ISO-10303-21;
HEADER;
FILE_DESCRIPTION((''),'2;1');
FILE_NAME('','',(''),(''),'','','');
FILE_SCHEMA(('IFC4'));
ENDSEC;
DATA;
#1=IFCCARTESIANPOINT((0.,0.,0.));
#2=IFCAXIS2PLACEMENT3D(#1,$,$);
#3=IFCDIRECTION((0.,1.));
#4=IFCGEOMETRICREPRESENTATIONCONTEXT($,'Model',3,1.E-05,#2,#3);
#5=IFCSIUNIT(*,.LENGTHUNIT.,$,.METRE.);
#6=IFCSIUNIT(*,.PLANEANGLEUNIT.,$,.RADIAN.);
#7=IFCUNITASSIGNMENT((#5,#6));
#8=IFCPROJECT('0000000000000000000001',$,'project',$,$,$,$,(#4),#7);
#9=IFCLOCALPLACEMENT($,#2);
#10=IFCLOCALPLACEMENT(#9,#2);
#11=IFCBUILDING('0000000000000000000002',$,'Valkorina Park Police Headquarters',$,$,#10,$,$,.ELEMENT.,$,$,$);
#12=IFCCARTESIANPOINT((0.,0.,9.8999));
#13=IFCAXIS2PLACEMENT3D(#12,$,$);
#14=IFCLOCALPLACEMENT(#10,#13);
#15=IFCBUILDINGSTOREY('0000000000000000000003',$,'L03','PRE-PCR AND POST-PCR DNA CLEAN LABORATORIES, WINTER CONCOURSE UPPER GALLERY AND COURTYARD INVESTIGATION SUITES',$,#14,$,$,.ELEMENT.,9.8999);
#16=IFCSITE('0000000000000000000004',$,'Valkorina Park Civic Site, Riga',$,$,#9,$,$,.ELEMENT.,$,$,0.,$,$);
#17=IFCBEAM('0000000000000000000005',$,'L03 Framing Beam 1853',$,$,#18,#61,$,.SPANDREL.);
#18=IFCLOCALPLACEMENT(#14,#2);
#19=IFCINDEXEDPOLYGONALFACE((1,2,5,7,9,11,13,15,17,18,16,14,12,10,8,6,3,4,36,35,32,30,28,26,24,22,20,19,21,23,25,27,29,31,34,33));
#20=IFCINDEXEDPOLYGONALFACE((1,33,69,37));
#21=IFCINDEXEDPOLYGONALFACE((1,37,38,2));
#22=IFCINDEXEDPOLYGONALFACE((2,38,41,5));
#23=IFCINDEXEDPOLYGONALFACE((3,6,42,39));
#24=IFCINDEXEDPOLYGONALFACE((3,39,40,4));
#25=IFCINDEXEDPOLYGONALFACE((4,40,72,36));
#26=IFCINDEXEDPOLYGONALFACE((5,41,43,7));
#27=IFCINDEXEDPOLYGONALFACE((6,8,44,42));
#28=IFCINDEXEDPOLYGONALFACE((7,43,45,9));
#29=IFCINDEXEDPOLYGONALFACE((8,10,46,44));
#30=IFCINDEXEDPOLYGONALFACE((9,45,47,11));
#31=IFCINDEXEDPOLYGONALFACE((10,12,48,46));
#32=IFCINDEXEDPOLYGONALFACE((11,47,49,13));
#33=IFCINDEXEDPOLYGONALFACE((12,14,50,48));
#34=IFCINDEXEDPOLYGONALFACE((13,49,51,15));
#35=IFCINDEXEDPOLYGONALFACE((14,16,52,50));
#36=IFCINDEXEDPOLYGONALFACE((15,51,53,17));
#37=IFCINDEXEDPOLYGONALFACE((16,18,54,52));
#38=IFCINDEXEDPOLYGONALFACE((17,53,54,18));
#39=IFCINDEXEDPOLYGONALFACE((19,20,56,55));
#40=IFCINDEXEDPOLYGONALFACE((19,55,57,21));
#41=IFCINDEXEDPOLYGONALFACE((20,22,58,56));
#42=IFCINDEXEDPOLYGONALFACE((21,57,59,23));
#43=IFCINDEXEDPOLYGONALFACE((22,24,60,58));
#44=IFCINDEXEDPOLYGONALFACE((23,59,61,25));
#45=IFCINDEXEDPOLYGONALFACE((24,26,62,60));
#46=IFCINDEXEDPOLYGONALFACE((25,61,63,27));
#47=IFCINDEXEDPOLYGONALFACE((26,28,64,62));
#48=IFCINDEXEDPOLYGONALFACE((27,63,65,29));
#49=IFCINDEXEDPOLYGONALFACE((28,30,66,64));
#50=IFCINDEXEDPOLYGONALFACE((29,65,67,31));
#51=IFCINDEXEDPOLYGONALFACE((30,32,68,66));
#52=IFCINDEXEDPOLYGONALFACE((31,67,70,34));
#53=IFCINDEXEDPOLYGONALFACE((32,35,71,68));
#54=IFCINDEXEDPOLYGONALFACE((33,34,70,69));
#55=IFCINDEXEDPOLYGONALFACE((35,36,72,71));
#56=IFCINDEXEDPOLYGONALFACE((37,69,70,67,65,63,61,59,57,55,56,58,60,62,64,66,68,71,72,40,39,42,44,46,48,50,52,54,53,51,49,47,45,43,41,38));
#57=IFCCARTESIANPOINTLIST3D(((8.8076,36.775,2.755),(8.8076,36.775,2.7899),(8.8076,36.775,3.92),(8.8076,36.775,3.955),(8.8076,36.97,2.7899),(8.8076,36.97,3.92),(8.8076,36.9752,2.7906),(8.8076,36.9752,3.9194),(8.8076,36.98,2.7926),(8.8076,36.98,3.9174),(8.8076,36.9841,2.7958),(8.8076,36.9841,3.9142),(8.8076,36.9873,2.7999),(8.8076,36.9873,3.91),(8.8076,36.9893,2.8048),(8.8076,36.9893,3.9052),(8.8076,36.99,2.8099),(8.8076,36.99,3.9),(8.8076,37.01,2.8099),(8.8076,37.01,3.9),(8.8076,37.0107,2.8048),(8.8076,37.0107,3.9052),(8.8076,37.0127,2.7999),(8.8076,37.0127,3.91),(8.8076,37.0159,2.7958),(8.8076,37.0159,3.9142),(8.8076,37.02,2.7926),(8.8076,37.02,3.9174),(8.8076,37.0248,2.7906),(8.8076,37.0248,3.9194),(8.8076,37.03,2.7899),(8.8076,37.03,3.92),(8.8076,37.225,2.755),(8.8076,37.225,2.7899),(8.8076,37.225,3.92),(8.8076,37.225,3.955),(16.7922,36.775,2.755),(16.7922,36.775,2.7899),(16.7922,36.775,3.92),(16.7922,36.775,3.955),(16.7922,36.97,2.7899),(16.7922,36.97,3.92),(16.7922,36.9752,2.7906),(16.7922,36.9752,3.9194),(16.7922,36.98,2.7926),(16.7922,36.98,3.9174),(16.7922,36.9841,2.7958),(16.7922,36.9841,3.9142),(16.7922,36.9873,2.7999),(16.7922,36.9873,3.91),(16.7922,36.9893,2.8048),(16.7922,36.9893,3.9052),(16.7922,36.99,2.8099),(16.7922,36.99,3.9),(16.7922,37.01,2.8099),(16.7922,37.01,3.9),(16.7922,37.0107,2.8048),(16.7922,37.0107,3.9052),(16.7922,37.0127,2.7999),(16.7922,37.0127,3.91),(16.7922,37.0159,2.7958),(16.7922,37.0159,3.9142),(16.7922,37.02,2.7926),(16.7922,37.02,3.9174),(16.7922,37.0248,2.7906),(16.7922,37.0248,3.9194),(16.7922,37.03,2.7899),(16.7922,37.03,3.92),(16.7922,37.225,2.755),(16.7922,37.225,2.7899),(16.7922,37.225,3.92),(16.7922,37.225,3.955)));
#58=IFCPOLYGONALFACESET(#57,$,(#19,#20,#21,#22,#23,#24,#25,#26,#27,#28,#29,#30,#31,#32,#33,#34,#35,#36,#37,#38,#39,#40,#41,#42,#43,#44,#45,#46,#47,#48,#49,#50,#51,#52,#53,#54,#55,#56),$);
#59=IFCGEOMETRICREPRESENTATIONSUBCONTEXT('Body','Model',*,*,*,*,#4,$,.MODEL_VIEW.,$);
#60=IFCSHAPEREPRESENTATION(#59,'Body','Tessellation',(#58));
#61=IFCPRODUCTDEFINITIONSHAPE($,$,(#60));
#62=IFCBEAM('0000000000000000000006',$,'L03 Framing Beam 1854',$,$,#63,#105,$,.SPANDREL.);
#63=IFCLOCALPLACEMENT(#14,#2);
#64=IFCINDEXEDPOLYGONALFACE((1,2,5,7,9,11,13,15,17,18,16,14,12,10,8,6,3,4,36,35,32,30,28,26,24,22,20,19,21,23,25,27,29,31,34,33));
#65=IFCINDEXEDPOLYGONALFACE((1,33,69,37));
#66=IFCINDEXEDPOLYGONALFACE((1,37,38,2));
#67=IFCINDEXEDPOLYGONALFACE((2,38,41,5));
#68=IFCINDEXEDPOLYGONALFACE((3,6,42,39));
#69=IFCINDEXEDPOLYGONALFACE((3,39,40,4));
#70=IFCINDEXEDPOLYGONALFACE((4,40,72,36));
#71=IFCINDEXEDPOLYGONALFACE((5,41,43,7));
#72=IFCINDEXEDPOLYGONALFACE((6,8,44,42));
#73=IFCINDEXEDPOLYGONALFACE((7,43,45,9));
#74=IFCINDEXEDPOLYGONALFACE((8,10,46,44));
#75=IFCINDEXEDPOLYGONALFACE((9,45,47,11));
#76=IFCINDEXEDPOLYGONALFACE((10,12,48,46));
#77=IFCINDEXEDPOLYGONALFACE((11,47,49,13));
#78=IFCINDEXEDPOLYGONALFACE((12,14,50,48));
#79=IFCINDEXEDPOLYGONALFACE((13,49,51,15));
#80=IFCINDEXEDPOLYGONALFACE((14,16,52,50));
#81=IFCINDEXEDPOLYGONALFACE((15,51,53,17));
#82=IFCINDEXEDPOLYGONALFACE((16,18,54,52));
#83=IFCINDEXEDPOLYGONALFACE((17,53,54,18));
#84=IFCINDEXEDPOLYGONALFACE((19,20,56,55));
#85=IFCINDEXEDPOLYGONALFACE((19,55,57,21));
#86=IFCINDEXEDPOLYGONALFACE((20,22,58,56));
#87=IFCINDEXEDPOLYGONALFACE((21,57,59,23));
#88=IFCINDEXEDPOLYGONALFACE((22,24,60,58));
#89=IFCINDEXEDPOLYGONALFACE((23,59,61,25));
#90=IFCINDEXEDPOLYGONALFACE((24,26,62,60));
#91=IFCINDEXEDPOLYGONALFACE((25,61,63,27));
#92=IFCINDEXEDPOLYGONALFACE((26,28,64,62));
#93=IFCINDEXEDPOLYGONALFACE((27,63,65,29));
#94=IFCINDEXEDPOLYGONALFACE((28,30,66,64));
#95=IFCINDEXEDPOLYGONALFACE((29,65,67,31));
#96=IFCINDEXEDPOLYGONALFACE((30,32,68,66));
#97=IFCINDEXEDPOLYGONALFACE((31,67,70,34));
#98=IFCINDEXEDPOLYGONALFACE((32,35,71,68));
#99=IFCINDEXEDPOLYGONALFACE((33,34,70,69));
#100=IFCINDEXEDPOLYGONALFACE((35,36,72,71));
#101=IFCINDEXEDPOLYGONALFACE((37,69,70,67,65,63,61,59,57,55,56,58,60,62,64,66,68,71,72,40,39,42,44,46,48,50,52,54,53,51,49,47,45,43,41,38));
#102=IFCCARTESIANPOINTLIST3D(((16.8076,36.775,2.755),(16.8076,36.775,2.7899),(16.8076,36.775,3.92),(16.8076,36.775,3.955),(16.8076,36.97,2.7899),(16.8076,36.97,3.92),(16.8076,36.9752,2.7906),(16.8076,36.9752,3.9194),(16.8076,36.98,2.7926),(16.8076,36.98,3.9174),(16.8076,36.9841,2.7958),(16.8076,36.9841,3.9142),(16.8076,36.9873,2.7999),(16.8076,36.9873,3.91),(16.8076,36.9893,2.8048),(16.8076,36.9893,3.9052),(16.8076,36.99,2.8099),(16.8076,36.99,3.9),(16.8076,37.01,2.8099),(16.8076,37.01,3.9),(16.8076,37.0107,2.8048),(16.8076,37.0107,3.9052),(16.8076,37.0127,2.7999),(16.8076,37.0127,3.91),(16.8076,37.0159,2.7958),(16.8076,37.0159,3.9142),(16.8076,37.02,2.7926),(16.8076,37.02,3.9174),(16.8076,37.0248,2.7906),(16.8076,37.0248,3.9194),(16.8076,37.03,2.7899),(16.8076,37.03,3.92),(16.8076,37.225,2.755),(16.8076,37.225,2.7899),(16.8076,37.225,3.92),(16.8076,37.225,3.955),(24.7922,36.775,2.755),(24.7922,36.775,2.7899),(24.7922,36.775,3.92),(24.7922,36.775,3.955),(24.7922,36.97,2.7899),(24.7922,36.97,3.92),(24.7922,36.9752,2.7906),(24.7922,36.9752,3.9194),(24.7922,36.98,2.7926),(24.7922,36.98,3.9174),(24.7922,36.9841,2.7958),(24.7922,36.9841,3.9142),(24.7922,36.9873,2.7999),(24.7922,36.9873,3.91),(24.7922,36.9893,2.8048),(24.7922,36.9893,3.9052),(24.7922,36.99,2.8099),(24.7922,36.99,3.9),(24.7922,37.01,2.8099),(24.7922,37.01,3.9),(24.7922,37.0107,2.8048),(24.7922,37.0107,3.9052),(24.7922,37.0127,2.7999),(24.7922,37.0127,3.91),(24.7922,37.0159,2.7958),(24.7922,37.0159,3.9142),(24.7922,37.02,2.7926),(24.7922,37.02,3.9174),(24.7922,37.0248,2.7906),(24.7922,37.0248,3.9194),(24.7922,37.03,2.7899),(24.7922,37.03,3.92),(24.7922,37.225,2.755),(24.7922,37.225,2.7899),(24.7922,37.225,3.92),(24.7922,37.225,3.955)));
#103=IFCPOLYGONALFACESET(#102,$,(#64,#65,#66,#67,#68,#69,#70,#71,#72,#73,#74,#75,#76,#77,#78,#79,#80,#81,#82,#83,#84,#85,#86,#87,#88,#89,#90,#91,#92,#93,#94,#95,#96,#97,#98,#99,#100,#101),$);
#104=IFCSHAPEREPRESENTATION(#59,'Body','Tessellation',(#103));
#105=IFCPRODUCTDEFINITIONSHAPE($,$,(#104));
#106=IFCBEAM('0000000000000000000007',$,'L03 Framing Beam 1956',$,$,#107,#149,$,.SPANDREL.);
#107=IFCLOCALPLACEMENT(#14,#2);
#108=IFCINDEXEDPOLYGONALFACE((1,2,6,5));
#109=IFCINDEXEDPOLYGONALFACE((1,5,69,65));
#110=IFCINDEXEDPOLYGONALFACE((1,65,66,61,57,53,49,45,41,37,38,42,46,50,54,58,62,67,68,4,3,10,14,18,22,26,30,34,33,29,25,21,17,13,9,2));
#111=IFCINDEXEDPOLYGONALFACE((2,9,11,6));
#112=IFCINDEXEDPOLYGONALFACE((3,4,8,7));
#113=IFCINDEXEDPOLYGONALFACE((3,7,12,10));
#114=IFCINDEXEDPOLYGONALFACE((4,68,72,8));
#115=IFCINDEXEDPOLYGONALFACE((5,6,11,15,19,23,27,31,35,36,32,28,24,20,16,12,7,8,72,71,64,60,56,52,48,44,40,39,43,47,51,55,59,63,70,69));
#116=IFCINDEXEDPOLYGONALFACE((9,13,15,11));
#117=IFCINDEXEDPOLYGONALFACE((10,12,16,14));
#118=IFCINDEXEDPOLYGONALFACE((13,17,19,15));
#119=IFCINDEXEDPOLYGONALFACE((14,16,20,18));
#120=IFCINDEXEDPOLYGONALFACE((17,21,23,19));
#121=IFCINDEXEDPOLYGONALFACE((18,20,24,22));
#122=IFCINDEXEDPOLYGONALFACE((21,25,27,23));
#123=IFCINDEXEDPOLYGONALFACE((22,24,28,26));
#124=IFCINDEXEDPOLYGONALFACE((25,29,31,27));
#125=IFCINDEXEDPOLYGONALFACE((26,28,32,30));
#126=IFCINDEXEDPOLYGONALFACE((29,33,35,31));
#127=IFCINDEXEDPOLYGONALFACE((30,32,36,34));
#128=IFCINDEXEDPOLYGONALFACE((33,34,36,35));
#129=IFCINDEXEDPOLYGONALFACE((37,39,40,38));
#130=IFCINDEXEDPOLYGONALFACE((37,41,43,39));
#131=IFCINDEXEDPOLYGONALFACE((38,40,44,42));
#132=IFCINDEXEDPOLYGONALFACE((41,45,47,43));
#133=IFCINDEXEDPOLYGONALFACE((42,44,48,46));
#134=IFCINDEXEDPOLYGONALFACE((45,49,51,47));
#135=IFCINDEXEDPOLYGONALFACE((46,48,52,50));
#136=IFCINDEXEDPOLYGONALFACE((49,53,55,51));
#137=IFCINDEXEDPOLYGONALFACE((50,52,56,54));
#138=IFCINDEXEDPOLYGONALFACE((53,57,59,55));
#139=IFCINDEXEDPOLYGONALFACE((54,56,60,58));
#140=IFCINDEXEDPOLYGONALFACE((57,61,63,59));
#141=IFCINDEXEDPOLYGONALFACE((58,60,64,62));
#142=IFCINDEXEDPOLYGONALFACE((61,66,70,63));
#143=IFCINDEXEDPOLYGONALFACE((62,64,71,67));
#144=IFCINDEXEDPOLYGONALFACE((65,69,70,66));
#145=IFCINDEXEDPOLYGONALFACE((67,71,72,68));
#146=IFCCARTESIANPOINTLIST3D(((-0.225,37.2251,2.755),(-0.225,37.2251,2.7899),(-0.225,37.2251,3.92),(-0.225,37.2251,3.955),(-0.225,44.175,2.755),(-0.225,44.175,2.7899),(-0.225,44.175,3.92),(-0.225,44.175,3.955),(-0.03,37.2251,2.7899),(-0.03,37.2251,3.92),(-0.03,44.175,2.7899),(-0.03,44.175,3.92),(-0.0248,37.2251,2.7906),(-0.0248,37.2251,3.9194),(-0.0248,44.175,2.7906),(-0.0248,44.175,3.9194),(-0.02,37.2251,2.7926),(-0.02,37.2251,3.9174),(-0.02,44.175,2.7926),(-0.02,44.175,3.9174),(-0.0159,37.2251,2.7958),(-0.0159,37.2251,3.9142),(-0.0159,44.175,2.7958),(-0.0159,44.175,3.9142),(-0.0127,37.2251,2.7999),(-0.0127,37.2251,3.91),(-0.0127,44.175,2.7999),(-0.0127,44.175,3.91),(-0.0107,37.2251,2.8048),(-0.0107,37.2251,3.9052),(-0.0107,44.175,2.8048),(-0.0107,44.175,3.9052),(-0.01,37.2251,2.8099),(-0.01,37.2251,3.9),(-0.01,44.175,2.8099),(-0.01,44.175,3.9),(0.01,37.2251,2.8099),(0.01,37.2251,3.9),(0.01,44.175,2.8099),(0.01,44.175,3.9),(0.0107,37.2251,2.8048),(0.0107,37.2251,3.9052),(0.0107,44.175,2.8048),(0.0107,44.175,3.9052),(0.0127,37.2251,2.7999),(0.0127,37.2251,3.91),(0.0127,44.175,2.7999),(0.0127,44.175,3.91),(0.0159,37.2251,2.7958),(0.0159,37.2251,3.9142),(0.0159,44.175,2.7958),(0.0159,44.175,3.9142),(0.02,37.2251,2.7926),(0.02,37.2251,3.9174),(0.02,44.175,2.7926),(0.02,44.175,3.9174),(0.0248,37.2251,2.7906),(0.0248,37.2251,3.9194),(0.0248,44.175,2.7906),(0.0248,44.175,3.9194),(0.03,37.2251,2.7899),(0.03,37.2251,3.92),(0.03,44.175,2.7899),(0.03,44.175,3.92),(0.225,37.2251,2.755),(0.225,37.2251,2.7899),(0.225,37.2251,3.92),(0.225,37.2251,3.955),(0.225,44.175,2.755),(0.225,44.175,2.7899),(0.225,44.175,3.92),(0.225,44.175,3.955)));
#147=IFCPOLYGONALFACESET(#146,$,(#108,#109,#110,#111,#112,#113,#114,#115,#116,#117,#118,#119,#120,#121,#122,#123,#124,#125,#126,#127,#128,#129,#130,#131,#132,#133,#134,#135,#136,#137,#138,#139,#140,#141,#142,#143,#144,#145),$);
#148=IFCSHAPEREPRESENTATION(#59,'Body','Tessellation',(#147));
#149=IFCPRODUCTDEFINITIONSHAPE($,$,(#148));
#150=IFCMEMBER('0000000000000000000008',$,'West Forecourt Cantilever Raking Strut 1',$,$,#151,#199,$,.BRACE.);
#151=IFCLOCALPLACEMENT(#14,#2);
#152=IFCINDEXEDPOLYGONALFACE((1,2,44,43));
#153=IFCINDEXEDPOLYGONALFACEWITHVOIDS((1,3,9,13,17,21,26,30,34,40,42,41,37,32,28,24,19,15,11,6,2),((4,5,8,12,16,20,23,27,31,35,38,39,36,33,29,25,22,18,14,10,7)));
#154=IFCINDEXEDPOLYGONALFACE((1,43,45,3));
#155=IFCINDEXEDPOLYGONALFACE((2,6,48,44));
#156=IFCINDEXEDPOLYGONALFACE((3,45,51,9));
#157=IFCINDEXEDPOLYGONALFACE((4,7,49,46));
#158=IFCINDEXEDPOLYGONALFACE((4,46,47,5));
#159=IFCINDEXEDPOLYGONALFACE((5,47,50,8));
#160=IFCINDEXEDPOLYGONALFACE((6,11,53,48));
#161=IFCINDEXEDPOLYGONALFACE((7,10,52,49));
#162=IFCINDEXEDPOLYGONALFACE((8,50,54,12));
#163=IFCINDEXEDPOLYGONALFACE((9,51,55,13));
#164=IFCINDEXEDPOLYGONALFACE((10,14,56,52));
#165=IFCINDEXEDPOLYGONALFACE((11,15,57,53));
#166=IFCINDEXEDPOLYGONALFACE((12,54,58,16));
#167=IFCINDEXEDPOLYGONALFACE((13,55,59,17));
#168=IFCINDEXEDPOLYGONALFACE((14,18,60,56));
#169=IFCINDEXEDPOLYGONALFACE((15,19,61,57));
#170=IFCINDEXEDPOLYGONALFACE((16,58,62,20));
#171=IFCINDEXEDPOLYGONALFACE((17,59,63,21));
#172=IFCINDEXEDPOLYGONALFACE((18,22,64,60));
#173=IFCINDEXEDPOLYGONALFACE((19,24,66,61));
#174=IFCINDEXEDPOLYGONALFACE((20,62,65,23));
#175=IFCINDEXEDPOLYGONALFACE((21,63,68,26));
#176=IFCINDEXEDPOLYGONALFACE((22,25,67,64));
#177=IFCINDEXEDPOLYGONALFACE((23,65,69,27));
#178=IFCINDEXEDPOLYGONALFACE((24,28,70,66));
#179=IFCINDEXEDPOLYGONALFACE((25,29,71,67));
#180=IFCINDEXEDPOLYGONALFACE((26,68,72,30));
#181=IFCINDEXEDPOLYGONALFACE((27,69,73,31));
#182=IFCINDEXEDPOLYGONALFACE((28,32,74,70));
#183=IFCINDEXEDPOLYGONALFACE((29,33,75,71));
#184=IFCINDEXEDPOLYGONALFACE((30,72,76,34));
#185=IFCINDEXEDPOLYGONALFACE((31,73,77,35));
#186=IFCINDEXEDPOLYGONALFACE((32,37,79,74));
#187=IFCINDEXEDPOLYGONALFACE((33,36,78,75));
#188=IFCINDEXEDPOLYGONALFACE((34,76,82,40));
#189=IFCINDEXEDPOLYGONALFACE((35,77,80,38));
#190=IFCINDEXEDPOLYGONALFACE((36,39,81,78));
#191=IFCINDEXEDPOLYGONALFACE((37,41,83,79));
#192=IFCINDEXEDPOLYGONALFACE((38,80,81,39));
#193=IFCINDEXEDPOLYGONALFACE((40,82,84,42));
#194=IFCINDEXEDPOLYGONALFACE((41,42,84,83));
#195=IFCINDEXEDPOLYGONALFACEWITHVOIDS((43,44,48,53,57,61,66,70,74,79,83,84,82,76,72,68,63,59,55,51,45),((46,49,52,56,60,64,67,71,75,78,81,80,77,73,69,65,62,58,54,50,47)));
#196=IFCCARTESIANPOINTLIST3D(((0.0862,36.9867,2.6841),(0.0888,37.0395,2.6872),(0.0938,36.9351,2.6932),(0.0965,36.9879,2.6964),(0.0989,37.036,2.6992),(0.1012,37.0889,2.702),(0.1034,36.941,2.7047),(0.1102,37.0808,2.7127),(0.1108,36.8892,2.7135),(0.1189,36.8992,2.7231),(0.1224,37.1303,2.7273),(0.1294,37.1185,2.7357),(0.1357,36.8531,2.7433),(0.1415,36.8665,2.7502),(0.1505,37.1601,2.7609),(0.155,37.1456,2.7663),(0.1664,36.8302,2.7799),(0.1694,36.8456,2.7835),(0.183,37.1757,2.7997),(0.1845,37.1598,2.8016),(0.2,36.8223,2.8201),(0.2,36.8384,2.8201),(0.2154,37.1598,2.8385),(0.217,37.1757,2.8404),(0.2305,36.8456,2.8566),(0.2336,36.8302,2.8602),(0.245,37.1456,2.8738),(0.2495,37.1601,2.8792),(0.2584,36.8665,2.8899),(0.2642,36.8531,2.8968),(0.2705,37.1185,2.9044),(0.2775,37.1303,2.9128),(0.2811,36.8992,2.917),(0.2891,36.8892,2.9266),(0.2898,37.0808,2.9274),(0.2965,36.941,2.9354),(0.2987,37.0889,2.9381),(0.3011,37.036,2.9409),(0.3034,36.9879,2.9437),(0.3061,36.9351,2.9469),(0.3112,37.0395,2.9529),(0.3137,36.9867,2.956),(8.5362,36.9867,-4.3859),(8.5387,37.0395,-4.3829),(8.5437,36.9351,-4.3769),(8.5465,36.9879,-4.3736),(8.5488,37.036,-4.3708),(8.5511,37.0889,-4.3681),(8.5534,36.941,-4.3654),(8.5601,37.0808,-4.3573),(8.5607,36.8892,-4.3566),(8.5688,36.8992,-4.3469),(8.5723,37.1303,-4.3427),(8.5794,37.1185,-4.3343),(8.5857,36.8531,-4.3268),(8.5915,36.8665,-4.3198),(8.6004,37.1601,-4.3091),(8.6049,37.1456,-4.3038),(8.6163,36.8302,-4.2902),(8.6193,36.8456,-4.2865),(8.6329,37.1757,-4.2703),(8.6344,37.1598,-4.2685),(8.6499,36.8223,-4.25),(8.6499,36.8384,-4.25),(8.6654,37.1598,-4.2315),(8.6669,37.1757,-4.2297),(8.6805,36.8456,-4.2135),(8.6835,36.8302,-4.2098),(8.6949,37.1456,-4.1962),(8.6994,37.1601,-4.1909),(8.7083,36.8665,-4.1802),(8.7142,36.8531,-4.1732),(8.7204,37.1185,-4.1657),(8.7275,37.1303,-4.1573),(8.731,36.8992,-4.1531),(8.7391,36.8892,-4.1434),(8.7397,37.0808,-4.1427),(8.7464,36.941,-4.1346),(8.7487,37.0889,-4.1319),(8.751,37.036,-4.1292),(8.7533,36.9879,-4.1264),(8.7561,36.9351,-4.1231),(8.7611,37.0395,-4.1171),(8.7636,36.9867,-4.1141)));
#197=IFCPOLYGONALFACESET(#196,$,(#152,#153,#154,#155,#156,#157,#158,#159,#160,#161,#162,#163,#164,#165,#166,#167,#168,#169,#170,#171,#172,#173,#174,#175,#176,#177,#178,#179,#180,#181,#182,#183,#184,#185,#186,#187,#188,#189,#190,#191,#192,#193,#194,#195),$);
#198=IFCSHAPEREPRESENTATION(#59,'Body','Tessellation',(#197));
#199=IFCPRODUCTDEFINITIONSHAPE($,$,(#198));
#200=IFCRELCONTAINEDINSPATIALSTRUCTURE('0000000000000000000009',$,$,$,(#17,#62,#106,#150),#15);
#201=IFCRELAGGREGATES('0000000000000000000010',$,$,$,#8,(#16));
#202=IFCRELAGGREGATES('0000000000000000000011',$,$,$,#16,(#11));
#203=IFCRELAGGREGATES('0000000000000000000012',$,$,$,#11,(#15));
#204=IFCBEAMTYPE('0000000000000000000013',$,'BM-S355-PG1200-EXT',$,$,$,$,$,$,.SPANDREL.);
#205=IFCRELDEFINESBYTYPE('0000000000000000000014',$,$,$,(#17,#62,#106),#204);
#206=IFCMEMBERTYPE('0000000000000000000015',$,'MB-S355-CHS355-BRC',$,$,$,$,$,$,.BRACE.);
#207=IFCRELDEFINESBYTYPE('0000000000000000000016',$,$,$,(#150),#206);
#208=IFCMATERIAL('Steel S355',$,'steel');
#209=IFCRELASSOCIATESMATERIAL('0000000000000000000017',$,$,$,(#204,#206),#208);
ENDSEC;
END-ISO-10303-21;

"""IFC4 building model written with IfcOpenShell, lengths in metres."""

from ifc_helpers import new_model, si_unit, direction, frame, origin, origin_2d, place, context, subcontext, project, spatial, hollow_circle, i_section, extrude, material, material_profile, profile_set, type_object, element, save


model = new_model("IFC4")

# Units and contexts
model_context = context("Model", 3, precision=1e-05, world=origin(), true_north=direction((0.0, 1.0)))
body_context = subcontext(model_context, "Body", "Model", "MODEL_VIEW")
ifc_project = project(units=[si_unit("LENGTHUNIT", "METRE"), si_unit("PLANEANGLEUNIT", "RADIAN")], contexts=[model_context])

# Site, building, storey
site_placement = place(None, origin())
site = spatial("IfcSite", under=ifc_project, at=site_placement, Name="Valkorina Park Civic Site, Riga", CompositionType="ELEMENT", RefElevation=0.0)
building_placement = place(site_placement, origin())
building = spatial("IfcBuilding", under=site, at=building_placement, Name="Valkorina Park Police Headquarters", CompositionType="ELEMENT")
storey_placement = place(building_placement, frame((0.0, 0.0, 9.8999)))
storey = spatial("IfcBuildingStorey", under=building, at=storey_placement, Name="L03", Description="PRE-PCR AND POST-PCR DNA CLEAN LABORATORIES, WINTER CONCOURSE UPPER GALLERY AND COURTYARD INVESTIGATION SUITES", CompositionType="ELEMENT", Elevation=9.8999)

# Shared definitions
ifc_material_1 = material(Name="Steel S355", Category="steel")

# Beams
ifc_material_profile_1 = material_profile(ifc_material_1, i_section(OverallWidth=0.45, OverallDepth=1.2, WebThickness=0.02, FlangeThickness=0.0349, FilletRadius=0.02, at=origin_2d()), Name="PG 1200x450")
ifc_profile_set_1 = profile_set([ifc_material_profile_1], Name="Steel S355")
beam_type_1 = type_object("IfcBeamType", Name="BM-S355-PG1200-EXT", PredefinedType="SPANDREL", material=ifc_profile_set_1)
for number, where, z_axis, x_axis, name in (
    (1, (8.8076, 37.0, 3.355), (1.0, 0.0, 0.0), (0.0, 1.0, 0.0), "L03 Framing Beam 1853"),
    (2, (16.8076, 37.0, 3.355), (1.0, 0.0, 0.0), (0.0, 1.0, 0.0), "L03 Framing Beam 1854"),
):
    element("IfcBeam", number, at=place(storey_placement, frame(where, z_axis=z_axis, x_axis=x_axis)), inside=storey, type_object=beam_type_1, Name=name, PredefinedType="SPANDREL", context=body_context, shape_type="SweptSolid", body=[
        extrude(i_section(OverallWidth=0.45, OverallDepth=1.2, WebThickness=0.02, FlangeThickness=0.0349, FilletRadius=0.02, at=origin_2d()), origin(), (0.0, 0.0, 1.0), 7.9846),
    ])
beam_placement = place(storey_placement, frame((0.0, 37.2251, 3.355), z_axis=(0.0, 1.0, 0.0), x_axis=(-1.0, 0.0, 0.0)))
element("IfcBeam", 3, at=beam_placement, inside=storey, type_object=beam_type_1, Name="L03 Framing Beam 1956", PredefinedType="SPANDREL", context=body_context, shape_type="SweptSolid", body=[
    extrude(i_section(OverallWidth=0.45, OverallDepth=1.2, WebThickness=0.02, FlangeThickness=0.0349, FilletRadius=0.02, at=origin_2d()), origin(), (0.0, 0.0, 1.0), 6.95),
])

# Member
ifc_material_profile_2 = material_profile(ifc_material_1, hollow_circle(Radius=0.1777, WallThickness=0.0161, at=origin_2d()), Name="CHS 355.6x16")
ifc_profile_set_2 = profile_set([ifc_material_profile_2], Name="Steel S355")
member_type = type_object("IfcMemberType", Name="MB-S355-CHS355-BRC", PredefinedType="BRACE", material=ifc_profile_set_2)
member_placement = place(storey_placement, frame((8.6499, 37.0, -4.25), z_axis=(-0.76695, 0.0, 0.641707), x_axis=(0.0, -1.0, 0.0)))
element("IfcMember", 4, at=member_placement, inside=storey, type_object=member_type, Name="West Forecourt Cantilever Raking Strut 1", PredefinedType="BRACE", context=body_context, shape_type="SweptSolid", body=[
    extrude(hollow_circle(Radius=0.1777, WallThickness=0.0161, at=origin_2d()), origin(), (0.0, 0.0, 1.0), 11.0176),
])

save(model, "model.ifc")
